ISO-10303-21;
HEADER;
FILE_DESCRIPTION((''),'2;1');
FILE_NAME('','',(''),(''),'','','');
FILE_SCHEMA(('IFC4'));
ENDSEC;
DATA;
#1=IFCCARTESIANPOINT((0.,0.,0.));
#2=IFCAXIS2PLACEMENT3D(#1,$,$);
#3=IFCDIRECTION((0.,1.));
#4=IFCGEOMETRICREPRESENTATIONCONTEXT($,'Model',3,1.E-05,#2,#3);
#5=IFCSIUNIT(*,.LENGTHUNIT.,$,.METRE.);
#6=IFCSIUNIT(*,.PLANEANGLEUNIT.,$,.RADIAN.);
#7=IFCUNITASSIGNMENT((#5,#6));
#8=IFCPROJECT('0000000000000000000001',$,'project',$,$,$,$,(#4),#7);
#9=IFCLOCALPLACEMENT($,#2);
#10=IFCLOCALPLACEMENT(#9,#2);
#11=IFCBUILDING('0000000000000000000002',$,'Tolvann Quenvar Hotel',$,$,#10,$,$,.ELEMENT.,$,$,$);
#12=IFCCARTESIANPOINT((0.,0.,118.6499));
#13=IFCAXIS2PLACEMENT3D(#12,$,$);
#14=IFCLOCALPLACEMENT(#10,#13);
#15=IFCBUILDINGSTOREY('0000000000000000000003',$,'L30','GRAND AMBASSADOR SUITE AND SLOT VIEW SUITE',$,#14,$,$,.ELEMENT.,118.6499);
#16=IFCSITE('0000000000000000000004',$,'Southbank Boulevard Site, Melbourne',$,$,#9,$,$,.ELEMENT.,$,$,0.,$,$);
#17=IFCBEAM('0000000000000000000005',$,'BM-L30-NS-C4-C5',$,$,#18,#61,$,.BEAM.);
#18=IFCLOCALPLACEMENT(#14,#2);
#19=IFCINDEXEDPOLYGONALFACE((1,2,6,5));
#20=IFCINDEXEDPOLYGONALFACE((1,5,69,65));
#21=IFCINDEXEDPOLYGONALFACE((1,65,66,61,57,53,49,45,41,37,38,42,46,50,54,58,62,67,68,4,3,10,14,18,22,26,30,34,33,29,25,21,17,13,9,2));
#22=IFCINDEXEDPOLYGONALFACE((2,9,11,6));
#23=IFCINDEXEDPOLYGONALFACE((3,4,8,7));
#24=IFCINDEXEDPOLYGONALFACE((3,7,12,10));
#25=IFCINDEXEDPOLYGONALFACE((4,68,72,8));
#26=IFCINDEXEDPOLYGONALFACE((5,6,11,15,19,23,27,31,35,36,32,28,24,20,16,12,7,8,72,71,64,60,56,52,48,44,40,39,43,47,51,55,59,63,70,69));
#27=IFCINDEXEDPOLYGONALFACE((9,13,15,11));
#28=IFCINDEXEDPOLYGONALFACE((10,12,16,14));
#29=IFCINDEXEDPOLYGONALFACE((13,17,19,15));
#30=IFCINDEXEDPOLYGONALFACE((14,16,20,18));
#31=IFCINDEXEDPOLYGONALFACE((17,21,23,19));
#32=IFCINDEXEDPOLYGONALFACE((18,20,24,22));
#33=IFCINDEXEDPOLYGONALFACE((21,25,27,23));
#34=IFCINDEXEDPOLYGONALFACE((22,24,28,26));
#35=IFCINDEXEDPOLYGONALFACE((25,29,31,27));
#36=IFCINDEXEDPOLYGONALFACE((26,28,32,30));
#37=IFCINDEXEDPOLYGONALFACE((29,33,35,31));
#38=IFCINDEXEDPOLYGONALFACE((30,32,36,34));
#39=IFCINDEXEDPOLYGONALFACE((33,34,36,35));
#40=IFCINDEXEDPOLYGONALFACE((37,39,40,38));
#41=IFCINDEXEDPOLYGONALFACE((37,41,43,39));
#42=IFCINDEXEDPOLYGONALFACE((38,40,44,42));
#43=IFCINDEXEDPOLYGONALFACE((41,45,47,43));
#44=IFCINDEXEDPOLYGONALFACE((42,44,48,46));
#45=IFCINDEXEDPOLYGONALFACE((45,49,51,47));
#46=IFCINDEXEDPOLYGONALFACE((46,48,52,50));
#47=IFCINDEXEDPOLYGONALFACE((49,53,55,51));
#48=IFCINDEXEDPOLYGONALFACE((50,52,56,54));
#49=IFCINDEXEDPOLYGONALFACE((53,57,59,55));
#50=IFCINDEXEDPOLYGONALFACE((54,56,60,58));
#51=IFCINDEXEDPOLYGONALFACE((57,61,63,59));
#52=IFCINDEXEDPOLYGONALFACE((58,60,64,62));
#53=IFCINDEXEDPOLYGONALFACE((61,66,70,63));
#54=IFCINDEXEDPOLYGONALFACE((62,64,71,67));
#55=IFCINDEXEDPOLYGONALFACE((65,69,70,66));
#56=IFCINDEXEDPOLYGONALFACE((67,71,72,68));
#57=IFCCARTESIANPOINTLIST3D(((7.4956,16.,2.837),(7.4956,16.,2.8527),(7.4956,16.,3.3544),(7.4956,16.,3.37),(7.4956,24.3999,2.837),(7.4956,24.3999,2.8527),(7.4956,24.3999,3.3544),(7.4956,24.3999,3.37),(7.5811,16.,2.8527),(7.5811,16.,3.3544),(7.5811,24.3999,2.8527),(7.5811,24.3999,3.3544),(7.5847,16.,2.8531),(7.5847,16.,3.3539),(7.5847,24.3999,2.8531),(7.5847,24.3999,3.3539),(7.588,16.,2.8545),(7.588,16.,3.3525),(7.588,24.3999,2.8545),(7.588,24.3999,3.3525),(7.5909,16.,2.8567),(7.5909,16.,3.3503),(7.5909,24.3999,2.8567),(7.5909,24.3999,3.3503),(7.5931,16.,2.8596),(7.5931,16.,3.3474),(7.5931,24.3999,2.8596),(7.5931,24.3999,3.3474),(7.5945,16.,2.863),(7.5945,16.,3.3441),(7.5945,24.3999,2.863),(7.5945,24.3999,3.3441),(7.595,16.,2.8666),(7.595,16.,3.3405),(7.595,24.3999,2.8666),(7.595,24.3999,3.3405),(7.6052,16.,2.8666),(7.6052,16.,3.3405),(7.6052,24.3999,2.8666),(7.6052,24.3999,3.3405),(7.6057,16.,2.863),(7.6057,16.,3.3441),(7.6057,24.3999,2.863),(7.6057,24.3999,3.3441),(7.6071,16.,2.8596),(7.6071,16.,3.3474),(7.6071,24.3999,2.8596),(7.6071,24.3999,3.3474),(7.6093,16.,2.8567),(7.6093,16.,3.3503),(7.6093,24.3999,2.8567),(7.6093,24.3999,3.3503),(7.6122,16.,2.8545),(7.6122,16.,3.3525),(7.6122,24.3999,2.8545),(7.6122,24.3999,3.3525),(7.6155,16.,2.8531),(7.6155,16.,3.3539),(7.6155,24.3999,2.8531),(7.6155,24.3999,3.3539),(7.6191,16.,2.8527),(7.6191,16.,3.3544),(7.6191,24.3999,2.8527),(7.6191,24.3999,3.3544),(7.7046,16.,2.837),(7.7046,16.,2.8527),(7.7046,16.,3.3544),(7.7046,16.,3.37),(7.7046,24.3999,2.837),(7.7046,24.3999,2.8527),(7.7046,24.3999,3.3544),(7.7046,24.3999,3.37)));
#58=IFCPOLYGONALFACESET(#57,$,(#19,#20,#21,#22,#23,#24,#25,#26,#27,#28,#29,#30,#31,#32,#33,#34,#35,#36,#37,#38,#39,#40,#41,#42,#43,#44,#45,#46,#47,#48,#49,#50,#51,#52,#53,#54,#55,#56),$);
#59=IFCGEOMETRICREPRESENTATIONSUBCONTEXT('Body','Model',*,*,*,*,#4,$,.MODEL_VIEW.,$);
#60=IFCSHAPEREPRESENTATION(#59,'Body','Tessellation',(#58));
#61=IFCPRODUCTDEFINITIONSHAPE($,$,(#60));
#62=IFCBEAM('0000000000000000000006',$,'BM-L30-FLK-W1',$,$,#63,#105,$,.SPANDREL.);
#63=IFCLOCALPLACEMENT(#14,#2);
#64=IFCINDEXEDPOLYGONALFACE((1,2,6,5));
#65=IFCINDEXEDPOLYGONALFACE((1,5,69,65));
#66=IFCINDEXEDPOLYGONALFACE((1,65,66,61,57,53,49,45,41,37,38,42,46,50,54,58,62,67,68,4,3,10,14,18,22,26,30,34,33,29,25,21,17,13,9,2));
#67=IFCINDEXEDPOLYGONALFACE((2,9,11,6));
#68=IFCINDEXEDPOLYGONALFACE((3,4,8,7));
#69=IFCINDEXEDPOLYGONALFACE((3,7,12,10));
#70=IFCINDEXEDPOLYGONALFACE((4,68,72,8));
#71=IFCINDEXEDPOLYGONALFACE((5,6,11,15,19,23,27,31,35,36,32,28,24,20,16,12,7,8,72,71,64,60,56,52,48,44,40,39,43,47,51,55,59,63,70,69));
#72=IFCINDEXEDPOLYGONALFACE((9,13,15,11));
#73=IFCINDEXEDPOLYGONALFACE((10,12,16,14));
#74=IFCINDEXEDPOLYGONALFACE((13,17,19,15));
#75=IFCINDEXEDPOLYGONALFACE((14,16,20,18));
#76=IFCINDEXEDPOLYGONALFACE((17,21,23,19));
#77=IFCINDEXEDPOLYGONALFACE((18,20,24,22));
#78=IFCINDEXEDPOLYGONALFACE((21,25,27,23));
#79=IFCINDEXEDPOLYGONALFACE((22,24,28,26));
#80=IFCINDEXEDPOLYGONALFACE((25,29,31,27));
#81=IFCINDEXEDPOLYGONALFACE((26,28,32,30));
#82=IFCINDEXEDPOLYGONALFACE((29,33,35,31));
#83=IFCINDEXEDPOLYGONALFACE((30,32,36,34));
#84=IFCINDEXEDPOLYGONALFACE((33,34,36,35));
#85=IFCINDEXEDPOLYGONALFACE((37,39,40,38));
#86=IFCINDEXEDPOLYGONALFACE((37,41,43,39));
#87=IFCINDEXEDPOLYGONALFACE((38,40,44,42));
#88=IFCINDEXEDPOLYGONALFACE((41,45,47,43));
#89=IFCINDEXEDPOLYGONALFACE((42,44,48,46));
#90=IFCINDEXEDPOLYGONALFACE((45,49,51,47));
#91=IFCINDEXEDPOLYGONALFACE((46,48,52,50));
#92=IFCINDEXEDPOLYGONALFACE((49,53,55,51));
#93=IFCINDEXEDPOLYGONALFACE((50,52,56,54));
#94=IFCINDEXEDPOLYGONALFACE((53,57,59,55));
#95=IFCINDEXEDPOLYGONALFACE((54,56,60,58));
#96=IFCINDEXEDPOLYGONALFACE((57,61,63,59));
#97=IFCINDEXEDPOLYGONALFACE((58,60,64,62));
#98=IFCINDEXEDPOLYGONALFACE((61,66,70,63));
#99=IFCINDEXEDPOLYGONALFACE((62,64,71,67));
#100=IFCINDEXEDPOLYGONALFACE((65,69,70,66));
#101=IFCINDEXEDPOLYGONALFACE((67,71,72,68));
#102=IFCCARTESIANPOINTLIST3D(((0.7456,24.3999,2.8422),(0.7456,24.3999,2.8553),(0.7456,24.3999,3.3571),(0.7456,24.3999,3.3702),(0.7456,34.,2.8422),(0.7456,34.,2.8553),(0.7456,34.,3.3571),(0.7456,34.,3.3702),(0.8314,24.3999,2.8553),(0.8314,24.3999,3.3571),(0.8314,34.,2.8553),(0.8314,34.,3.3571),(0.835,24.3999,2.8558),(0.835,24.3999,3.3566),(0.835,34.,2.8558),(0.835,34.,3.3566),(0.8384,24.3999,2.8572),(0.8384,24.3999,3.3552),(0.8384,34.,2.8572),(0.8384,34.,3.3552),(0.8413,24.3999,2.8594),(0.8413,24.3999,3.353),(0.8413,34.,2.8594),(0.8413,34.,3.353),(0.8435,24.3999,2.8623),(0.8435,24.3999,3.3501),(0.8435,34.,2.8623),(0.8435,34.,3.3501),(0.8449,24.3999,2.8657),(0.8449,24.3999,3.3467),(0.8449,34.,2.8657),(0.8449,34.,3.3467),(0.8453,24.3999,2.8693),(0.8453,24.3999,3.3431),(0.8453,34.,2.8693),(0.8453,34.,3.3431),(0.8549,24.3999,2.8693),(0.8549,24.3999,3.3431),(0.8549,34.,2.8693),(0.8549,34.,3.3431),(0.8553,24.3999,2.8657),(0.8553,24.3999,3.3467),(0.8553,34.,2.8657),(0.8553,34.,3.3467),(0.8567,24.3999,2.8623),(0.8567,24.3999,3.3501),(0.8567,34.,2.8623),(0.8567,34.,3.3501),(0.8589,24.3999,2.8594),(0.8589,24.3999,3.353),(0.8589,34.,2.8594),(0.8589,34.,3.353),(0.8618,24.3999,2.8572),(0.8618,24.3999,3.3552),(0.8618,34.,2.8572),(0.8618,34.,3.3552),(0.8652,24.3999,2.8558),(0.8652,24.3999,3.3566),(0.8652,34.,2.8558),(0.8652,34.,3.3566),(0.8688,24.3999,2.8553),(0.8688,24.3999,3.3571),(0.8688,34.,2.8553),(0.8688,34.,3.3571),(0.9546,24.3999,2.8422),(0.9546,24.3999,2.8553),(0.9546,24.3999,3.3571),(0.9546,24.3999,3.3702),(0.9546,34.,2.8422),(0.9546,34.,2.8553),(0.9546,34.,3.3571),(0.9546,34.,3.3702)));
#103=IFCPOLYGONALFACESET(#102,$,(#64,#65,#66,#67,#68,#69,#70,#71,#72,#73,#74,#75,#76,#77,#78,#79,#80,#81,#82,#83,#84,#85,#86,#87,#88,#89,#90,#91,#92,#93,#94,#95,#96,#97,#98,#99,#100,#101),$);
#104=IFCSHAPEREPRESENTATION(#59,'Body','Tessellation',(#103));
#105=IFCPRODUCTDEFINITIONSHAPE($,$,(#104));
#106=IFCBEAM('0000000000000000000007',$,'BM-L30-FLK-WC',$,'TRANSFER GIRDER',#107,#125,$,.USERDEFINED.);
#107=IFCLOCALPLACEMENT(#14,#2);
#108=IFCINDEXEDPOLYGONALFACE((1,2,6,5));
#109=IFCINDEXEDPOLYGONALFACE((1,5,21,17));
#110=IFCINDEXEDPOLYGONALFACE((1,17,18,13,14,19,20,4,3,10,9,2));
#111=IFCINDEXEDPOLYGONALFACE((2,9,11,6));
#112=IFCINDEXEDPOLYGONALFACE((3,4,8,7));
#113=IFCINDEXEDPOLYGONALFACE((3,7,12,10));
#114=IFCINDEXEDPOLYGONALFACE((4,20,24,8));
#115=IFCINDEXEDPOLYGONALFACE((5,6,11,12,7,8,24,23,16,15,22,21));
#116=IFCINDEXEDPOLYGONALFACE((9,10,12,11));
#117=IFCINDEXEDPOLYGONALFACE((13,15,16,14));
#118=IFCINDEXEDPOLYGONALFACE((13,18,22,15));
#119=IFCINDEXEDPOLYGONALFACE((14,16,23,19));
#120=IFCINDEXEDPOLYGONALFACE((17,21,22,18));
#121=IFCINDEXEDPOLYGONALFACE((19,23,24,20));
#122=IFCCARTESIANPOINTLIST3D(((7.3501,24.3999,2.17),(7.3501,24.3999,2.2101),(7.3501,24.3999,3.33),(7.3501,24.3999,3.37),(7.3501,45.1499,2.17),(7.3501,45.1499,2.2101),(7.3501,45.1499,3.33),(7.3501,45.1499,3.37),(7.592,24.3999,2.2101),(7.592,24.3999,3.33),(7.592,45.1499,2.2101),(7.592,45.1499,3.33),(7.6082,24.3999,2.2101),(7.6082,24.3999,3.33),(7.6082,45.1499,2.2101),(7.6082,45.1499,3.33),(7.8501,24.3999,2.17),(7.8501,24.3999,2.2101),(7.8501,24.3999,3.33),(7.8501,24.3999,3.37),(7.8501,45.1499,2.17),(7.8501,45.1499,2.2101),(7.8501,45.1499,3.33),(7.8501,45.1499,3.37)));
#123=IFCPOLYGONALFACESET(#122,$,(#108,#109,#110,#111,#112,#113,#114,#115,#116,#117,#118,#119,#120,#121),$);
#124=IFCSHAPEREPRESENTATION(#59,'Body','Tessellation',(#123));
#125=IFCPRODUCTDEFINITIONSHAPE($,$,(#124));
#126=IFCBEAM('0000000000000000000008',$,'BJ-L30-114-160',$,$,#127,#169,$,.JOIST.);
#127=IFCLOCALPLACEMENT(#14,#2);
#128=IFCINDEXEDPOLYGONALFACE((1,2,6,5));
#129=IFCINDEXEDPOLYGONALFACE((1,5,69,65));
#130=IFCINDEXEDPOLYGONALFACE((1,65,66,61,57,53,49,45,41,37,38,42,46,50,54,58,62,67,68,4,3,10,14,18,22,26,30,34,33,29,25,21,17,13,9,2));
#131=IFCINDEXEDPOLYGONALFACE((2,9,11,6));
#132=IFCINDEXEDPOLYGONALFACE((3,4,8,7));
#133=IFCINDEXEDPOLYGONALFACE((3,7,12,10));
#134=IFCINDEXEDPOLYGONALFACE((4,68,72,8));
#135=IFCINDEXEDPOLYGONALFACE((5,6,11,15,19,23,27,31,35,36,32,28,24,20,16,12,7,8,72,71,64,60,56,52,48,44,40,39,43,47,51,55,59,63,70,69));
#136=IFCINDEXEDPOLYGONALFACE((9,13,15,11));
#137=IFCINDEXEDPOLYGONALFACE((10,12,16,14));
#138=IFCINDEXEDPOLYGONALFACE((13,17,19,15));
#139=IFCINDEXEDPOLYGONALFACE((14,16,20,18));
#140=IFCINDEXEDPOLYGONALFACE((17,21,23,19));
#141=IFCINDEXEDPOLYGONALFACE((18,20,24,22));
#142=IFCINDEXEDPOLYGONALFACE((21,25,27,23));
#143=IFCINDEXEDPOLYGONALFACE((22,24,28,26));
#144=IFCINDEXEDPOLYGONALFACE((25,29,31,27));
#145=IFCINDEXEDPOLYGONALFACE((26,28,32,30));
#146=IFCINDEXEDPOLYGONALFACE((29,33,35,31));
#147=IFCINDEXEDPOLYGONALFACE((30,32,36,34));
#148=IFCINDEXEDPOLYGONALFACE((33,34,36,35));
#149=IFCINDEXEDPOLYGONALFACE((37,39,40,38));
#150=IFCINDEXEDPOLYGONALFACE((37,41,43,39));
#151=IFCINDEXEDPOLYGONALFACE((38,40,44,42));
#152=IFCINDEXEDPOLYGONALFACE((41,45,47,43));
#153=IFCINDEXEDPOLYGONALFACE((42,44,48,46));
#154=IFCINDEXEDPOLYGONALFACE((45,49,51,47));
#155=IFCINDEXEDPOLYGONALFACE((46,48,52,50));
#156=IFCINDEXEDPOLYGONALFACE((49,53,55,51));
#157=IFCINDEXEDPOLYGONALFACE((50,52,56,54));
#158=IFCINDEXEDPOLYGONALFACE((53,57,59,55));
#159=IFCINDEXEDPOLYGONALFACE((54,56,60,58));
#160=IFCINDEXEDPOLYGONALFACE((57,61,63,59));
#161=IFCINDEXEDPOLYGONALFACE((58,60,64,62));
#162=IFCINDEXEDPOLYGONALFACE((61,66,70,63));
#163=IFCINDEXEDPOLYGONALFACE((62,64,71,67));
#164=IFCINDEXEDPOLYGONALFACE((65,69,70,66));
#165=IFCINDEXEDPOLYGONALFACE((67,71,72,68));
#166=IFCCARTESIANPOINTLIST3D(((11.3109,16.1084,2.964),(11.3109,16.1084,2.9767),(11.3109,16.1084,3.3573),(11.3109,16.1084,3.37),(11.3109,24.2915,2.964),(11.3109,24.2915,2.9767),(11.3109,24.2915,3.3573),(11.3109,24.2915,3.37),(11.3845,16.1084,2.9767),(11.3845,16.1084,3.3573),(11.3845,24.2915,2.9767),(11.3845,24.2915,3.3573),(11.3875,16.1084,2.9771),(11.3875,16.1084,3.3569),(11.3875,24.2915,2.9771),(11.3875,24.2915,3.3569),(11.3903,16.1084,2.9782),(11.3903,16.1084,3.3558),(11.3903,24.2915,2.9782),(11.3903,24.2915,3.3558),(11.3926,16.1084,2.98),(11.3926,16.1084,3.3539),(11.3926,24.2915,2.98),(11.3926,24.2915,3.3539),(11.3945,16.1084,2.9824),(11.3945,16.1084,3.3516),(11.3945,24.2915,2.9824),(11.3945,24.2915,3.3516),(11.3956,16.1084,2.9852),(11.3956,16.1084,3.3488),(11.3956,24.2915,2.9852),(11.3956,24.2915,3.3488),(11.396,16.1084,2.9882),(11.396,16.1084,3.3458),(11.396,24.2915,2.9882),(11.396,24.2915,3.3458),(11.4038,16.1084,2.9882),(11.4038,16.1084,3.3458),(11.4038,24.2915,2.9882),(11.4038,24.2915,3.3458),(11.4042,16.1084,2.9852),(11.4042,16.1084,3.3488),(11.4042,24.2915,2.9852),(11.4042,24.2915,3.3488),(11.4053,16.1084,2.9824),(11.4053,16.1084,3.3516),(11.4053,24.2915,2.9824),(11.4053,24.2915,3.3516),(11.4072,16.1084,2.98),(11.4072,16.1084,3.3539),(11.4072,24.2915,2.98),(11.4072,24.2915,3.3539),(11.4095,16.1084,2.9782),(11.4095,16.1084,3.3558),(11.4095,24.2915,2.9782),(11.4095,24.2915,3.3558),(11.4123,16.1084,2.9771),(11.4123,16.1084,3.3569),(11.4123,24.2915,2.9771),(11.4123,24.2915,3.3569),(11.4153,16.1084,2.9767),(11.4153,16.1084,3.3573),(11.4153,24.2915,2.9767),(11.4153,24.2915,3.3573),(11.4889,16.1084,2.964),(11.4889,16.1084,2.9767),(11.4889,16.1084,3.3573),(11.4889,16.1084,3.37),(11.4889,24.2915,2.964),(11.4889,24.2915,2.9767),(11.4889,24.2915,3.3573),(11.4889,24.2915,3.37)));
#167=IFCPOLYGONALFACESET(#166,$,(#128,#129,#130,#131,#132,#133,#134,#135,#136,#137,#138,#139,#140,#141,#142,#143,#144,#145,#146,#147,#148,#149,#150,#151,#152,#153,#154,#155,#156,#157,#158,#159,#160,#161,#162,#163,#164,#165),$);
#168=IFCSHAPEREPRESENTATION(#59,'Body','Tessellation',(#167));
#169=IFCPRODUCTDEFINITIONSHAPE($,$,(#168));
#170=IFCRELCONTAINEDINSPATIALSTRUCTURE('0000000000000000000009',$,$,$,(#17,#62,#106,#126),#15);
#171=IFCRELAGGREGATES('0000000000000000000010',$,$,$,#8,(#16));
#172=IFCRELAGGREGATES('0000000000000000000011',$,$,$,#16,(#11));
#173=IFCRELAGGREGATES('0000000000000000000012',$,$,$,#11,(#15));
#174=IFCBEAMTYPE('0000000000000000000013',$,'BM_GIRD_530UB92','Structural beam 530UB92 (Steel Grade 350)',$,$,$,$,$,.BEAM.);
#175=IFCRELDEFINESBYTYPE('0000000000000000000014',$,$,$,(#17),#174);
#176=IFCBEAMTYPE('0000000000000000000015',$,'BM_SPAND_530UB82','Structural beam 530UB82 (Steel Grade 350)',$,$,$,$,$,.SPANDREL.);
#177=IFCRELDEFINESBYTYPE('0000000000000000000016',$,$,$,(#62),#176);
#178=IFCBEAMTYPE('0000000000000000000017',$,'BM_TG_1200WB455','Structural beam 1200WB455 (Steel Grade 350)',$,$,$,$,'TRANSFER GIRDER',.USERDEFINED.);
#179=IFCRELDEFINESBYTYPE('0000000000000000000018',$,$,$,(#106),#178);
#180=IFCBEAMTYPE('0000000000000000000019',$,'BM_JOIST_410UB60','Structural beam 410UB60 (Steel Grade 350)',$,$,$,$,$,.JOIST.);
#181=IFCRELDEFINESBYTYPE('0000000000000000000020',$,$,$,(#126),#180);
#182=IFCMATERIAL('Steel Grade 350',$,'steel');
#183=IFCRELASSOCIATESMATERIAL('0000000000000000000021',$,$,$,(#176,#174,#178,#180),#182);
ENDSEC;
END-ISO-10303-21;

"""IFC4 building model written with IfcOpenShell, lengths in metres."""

from ifc_helpers import new_model, si_unit, direction, frame, origin, origin_2d, place, context, subcontext, project, spatial, i_section, extrude, source, transform, mapped, material, material_profile, profile_set, type_object, type_shapes, element, save


model = new_model("IFC4")

# Units and contexts
model_context = context("Model", 3, precision=1e-05, world=origin(), true_north=direction((0.0, 1.0)))
body_context = subcontext(model_context, "Body", "Model", "MODEL_VIEW")
ifc_project = project(units=[si_unit("LENGTHUNIT", "METRE"), si_unit("PLANEANGLEUNIT", "RADIAN")], contexts=[model_context])

# Site, building, storey
site_placement = place(None, origin())
site = spatial("IfcSite", under=ifc_project, at=site_placement, Name="Southbank Boulevard Site, Melbourne", CompositionType="ELEMENT", RefElevation=0.0)
building_placement = place(site_placement, origin())
building = spatial("IfcBuilding", under=site, at=building_placement, Name="Tolvann Quenvar Hotel", CompositionType="ELEMENT")
storey_placement = place(building_placement, frame((0.0, 0.0, 118.6499)))
storey = spatial("IfcBuildingStorey", under=building, at=storey_placement, Name="L30", Description="GRAND AMBASSADOR SUITE AND SLOT VIEW SUITE", CompositionType="ELEMENT", Elevation=118.6499)

# Shared definitions
ifc_material_1 = material(Name="Steel Grade 350", Category="steel")

# Beams
ifc_material_profile_1 = material_profile(ifc_material_1, i_section(OverallWidth=0.209, OverallDepth=0.5281, WebThickness=0.0095, FlangeThickness=0.0132, FilletRadius=0.0139, at=origin_2d()), Name="530UB82")
ifc_profile_set_1 = profile_set([ifc_material_profile_1], Name="Steel Grade 350")
beam_type_1 = type_object("IfcBeamType", Name="BM_SPAND_530UB82", Description="Structural beam 530UB82 (Steel Grade 350)", PredefinedType="SPANDREL", material=ifc_profile_set_1)
ifc_material_profile_2 = material_profile(ifc_material_1, i_section(OverallWidth=0.209, OverallDepth=0.533, WebThickness=0.0103, FlangeThickness=0.0156, FilletRadius=0.0139, at=origin_2d()), Name="530UB92")
ifc_profile_set_2 = profile_set([ifc_material_profile_2], Name="Steel Grade 350")
beam_type_2 = type_object("IfcBeamType", Name="BM_GIRD_530UB92", Description="Structural beam 530UB92 (Steel Grade 350)", PredefinedType="BEAM", material=ifc_profile_set_2)
shared_shape_1 = source(origin(), body_context, "Body", "SweptSolid", [
    extrude(i_section(OverallWidth=0.209, OverallDepth=0.533, WebThickness=0.0103, FlangeThickness=0.0156, FilletRadius=0.0139, at=origin_2d()), origin(), (0.0, 0.0, 1.0), 8.3999),
])
type_shapes(beam_type_2, [shared_shape_1])
beam_1_placement = place(storey_placement, frame((7.6001, 16.0, 3.1035), z_axis=(0.0, 1.0, 0.0), x_axis=(-1.0, 0.0, 0.0)))
element("IfcBeam", 1, at=beam_1_placement, inside=storey, type_object=beam_type_2, Name="BM-L30-NS-C4-C5", PredefinedType="BEAM", context=body_context, shape_type="MappedRepresentation", body=[
    mapped(shared_shape_1, transform((0.0, 0.0, 0.0), x_axis=(1.0, 0.0, 0.0), y_axis=(0.0, 1.0, 0.0), z_axis=(0.0, 0.0, 1.0), scale=1.0)),
])
shared_shape_2 = source(origin(), body_context, "Body", "SweptSolid", [
    extrude(i_section(OverallWidth=0.209, OverallDepth=0.5281, WebThickness=0.0095, FlangeThickness=0.0132, FilletRadius=0.0139, at=origin_2d()), origin(), (0.0, 0.0, 1.0), 9.6001),
])
beam_2_placement = place(storey_placement, frame((0.8501, 24.3999, 3.1062), z_axis=(0.0, 1.0, 0.0), x_axis=(-1.0, 0.0, 0.0)))
element("IfcBeam", 2, at=beam_2_placement, inside=storey, type_object=beam_type_1, Name="BM-L30-FLK-W1", PredefinedType="SPANDREL", context=body_context, shape_type="MappedRepresentation", body=[
    mapped(shared_shape_2, transform((0.0, 0.0, 0.0), x_axis=(1.0, 0.0, 0.0), y_axis=(0.0, 1.0, 0.0), z_axis=(0.0, 0.0, 1.0), scale=1.0)),
])
ifc_material_profile_3 = material_profile(ifc_material_1, i_section(OverallWidth=0.5, OverallDepth=1.2, WebThickness=0.0161, FlangeThickness=0.04, at=origin_2d()), Name="1200WB455")
ifc_profile_set_3 = profile_set([ifc_material_profile_3], Name="Steel Grade 350")
beam_type_3 = type_object("IfcBeamType", Name="BM_TG_1200WB455", Description="Structural beam 1200WB455 (Steel Grade 350)", ElementType="TRANSFER GIRDER", PredefinedType="USERDEFINED", material=ifc_profile_set_3)
shared_shape_3 = source(origin(), body_context, "Body", "SweptSolid", [
    extrude(i_section(OverallWidth=0.5, OverallDepth=1.2, WebThickness=0.0161, FlangeThickness=0.04, at=origin_2d()), origin(), (0.0, 0.0, 1.0), 20.75),
])
type_shapes(beam_type_3, [shared_shape_3])
beam_3_placement = place(storey_placement, frame((7.6001, 24.3999, 2.77), z_axis=(0.0, 1.0, 0.0), x_axis=(-1.0, 0.0, 0.0)))
element("IfcBeam", 3, at=beam_3_placement, inside=storey, type_object=beam_type_3, Name="BM-L30-FLK-WC", ObjectType="TRANSFER GIRDER", PredefinedType="USERDEFINED", context=body_context, shape_type="MappedRepresentation", body=[
    mapped(shared_shape_3, transform((0.0, 0.0, 0.0), x_axis=(1.0, 0.0, 0.0), y_axis=(0.0, 1.0, 0.0), z_axis=(0.0, 0.0, 1.0), scale=1.0)),
])
ifc_material_profile_4 = material_profile(ifc_material_1, i_section(OverallWidth=0.178, OverallDepth=0.406, WebThickness=0.0078, FlangeThickness=0.0127, FilletRadius=0.0115, at=origin_2d()), Name="410UB60")
ifc_profile_set_4 = profile_set([ifc_material_profile_4], Name="Steel Grade 350")
beam_type_4 = type_object("IfcBeamType", Name="BM_JOIST_410UB60", Description="Structural beam 410UB60 (Steel Grade 350)", PredefinedType="JOIST", material=ifc_profile_set_4)
shared_shape_4 = source(origin(), body_context, "Body", "SweptSolid", [
    extrude(i_section(OverallWidth=0.178, OverallDepth=0.406, WebThickness=0.0078, FlangeThickness=0.0127, FilletRadius=0.0115, at=origin_2d()), origin(), (0.0, 0.0, 1.0), 8.1831),
])
type_shapes(beam_type_4, [shared_shape_4])
beam_4_placement = place(storey_placement, frame((11.3999, 16.1084, 3.167), z_axis=(0.0, 1.0, 0.0), x_axis=(-1.0, 0.0, 0.0)))
element("IfcBeam", 4, at=beam_4_placement, inside=storey, type_object=beam_type_4, Name="BJ-L30-114-160", PredefinedType="JOIST", context=body_context, shape_type="MappedRepresentation", body=[
    mapped(shared_shape_4, transform((0.0, 0.0, 0.0), x_axis=(1.0, 0.0, 0.0), y_axis=(0.0, 1.0, 0.0), z_axis=(0.0, 0.0, 1.0), scale=1.0)),
])

save(model, "model.ifc")
